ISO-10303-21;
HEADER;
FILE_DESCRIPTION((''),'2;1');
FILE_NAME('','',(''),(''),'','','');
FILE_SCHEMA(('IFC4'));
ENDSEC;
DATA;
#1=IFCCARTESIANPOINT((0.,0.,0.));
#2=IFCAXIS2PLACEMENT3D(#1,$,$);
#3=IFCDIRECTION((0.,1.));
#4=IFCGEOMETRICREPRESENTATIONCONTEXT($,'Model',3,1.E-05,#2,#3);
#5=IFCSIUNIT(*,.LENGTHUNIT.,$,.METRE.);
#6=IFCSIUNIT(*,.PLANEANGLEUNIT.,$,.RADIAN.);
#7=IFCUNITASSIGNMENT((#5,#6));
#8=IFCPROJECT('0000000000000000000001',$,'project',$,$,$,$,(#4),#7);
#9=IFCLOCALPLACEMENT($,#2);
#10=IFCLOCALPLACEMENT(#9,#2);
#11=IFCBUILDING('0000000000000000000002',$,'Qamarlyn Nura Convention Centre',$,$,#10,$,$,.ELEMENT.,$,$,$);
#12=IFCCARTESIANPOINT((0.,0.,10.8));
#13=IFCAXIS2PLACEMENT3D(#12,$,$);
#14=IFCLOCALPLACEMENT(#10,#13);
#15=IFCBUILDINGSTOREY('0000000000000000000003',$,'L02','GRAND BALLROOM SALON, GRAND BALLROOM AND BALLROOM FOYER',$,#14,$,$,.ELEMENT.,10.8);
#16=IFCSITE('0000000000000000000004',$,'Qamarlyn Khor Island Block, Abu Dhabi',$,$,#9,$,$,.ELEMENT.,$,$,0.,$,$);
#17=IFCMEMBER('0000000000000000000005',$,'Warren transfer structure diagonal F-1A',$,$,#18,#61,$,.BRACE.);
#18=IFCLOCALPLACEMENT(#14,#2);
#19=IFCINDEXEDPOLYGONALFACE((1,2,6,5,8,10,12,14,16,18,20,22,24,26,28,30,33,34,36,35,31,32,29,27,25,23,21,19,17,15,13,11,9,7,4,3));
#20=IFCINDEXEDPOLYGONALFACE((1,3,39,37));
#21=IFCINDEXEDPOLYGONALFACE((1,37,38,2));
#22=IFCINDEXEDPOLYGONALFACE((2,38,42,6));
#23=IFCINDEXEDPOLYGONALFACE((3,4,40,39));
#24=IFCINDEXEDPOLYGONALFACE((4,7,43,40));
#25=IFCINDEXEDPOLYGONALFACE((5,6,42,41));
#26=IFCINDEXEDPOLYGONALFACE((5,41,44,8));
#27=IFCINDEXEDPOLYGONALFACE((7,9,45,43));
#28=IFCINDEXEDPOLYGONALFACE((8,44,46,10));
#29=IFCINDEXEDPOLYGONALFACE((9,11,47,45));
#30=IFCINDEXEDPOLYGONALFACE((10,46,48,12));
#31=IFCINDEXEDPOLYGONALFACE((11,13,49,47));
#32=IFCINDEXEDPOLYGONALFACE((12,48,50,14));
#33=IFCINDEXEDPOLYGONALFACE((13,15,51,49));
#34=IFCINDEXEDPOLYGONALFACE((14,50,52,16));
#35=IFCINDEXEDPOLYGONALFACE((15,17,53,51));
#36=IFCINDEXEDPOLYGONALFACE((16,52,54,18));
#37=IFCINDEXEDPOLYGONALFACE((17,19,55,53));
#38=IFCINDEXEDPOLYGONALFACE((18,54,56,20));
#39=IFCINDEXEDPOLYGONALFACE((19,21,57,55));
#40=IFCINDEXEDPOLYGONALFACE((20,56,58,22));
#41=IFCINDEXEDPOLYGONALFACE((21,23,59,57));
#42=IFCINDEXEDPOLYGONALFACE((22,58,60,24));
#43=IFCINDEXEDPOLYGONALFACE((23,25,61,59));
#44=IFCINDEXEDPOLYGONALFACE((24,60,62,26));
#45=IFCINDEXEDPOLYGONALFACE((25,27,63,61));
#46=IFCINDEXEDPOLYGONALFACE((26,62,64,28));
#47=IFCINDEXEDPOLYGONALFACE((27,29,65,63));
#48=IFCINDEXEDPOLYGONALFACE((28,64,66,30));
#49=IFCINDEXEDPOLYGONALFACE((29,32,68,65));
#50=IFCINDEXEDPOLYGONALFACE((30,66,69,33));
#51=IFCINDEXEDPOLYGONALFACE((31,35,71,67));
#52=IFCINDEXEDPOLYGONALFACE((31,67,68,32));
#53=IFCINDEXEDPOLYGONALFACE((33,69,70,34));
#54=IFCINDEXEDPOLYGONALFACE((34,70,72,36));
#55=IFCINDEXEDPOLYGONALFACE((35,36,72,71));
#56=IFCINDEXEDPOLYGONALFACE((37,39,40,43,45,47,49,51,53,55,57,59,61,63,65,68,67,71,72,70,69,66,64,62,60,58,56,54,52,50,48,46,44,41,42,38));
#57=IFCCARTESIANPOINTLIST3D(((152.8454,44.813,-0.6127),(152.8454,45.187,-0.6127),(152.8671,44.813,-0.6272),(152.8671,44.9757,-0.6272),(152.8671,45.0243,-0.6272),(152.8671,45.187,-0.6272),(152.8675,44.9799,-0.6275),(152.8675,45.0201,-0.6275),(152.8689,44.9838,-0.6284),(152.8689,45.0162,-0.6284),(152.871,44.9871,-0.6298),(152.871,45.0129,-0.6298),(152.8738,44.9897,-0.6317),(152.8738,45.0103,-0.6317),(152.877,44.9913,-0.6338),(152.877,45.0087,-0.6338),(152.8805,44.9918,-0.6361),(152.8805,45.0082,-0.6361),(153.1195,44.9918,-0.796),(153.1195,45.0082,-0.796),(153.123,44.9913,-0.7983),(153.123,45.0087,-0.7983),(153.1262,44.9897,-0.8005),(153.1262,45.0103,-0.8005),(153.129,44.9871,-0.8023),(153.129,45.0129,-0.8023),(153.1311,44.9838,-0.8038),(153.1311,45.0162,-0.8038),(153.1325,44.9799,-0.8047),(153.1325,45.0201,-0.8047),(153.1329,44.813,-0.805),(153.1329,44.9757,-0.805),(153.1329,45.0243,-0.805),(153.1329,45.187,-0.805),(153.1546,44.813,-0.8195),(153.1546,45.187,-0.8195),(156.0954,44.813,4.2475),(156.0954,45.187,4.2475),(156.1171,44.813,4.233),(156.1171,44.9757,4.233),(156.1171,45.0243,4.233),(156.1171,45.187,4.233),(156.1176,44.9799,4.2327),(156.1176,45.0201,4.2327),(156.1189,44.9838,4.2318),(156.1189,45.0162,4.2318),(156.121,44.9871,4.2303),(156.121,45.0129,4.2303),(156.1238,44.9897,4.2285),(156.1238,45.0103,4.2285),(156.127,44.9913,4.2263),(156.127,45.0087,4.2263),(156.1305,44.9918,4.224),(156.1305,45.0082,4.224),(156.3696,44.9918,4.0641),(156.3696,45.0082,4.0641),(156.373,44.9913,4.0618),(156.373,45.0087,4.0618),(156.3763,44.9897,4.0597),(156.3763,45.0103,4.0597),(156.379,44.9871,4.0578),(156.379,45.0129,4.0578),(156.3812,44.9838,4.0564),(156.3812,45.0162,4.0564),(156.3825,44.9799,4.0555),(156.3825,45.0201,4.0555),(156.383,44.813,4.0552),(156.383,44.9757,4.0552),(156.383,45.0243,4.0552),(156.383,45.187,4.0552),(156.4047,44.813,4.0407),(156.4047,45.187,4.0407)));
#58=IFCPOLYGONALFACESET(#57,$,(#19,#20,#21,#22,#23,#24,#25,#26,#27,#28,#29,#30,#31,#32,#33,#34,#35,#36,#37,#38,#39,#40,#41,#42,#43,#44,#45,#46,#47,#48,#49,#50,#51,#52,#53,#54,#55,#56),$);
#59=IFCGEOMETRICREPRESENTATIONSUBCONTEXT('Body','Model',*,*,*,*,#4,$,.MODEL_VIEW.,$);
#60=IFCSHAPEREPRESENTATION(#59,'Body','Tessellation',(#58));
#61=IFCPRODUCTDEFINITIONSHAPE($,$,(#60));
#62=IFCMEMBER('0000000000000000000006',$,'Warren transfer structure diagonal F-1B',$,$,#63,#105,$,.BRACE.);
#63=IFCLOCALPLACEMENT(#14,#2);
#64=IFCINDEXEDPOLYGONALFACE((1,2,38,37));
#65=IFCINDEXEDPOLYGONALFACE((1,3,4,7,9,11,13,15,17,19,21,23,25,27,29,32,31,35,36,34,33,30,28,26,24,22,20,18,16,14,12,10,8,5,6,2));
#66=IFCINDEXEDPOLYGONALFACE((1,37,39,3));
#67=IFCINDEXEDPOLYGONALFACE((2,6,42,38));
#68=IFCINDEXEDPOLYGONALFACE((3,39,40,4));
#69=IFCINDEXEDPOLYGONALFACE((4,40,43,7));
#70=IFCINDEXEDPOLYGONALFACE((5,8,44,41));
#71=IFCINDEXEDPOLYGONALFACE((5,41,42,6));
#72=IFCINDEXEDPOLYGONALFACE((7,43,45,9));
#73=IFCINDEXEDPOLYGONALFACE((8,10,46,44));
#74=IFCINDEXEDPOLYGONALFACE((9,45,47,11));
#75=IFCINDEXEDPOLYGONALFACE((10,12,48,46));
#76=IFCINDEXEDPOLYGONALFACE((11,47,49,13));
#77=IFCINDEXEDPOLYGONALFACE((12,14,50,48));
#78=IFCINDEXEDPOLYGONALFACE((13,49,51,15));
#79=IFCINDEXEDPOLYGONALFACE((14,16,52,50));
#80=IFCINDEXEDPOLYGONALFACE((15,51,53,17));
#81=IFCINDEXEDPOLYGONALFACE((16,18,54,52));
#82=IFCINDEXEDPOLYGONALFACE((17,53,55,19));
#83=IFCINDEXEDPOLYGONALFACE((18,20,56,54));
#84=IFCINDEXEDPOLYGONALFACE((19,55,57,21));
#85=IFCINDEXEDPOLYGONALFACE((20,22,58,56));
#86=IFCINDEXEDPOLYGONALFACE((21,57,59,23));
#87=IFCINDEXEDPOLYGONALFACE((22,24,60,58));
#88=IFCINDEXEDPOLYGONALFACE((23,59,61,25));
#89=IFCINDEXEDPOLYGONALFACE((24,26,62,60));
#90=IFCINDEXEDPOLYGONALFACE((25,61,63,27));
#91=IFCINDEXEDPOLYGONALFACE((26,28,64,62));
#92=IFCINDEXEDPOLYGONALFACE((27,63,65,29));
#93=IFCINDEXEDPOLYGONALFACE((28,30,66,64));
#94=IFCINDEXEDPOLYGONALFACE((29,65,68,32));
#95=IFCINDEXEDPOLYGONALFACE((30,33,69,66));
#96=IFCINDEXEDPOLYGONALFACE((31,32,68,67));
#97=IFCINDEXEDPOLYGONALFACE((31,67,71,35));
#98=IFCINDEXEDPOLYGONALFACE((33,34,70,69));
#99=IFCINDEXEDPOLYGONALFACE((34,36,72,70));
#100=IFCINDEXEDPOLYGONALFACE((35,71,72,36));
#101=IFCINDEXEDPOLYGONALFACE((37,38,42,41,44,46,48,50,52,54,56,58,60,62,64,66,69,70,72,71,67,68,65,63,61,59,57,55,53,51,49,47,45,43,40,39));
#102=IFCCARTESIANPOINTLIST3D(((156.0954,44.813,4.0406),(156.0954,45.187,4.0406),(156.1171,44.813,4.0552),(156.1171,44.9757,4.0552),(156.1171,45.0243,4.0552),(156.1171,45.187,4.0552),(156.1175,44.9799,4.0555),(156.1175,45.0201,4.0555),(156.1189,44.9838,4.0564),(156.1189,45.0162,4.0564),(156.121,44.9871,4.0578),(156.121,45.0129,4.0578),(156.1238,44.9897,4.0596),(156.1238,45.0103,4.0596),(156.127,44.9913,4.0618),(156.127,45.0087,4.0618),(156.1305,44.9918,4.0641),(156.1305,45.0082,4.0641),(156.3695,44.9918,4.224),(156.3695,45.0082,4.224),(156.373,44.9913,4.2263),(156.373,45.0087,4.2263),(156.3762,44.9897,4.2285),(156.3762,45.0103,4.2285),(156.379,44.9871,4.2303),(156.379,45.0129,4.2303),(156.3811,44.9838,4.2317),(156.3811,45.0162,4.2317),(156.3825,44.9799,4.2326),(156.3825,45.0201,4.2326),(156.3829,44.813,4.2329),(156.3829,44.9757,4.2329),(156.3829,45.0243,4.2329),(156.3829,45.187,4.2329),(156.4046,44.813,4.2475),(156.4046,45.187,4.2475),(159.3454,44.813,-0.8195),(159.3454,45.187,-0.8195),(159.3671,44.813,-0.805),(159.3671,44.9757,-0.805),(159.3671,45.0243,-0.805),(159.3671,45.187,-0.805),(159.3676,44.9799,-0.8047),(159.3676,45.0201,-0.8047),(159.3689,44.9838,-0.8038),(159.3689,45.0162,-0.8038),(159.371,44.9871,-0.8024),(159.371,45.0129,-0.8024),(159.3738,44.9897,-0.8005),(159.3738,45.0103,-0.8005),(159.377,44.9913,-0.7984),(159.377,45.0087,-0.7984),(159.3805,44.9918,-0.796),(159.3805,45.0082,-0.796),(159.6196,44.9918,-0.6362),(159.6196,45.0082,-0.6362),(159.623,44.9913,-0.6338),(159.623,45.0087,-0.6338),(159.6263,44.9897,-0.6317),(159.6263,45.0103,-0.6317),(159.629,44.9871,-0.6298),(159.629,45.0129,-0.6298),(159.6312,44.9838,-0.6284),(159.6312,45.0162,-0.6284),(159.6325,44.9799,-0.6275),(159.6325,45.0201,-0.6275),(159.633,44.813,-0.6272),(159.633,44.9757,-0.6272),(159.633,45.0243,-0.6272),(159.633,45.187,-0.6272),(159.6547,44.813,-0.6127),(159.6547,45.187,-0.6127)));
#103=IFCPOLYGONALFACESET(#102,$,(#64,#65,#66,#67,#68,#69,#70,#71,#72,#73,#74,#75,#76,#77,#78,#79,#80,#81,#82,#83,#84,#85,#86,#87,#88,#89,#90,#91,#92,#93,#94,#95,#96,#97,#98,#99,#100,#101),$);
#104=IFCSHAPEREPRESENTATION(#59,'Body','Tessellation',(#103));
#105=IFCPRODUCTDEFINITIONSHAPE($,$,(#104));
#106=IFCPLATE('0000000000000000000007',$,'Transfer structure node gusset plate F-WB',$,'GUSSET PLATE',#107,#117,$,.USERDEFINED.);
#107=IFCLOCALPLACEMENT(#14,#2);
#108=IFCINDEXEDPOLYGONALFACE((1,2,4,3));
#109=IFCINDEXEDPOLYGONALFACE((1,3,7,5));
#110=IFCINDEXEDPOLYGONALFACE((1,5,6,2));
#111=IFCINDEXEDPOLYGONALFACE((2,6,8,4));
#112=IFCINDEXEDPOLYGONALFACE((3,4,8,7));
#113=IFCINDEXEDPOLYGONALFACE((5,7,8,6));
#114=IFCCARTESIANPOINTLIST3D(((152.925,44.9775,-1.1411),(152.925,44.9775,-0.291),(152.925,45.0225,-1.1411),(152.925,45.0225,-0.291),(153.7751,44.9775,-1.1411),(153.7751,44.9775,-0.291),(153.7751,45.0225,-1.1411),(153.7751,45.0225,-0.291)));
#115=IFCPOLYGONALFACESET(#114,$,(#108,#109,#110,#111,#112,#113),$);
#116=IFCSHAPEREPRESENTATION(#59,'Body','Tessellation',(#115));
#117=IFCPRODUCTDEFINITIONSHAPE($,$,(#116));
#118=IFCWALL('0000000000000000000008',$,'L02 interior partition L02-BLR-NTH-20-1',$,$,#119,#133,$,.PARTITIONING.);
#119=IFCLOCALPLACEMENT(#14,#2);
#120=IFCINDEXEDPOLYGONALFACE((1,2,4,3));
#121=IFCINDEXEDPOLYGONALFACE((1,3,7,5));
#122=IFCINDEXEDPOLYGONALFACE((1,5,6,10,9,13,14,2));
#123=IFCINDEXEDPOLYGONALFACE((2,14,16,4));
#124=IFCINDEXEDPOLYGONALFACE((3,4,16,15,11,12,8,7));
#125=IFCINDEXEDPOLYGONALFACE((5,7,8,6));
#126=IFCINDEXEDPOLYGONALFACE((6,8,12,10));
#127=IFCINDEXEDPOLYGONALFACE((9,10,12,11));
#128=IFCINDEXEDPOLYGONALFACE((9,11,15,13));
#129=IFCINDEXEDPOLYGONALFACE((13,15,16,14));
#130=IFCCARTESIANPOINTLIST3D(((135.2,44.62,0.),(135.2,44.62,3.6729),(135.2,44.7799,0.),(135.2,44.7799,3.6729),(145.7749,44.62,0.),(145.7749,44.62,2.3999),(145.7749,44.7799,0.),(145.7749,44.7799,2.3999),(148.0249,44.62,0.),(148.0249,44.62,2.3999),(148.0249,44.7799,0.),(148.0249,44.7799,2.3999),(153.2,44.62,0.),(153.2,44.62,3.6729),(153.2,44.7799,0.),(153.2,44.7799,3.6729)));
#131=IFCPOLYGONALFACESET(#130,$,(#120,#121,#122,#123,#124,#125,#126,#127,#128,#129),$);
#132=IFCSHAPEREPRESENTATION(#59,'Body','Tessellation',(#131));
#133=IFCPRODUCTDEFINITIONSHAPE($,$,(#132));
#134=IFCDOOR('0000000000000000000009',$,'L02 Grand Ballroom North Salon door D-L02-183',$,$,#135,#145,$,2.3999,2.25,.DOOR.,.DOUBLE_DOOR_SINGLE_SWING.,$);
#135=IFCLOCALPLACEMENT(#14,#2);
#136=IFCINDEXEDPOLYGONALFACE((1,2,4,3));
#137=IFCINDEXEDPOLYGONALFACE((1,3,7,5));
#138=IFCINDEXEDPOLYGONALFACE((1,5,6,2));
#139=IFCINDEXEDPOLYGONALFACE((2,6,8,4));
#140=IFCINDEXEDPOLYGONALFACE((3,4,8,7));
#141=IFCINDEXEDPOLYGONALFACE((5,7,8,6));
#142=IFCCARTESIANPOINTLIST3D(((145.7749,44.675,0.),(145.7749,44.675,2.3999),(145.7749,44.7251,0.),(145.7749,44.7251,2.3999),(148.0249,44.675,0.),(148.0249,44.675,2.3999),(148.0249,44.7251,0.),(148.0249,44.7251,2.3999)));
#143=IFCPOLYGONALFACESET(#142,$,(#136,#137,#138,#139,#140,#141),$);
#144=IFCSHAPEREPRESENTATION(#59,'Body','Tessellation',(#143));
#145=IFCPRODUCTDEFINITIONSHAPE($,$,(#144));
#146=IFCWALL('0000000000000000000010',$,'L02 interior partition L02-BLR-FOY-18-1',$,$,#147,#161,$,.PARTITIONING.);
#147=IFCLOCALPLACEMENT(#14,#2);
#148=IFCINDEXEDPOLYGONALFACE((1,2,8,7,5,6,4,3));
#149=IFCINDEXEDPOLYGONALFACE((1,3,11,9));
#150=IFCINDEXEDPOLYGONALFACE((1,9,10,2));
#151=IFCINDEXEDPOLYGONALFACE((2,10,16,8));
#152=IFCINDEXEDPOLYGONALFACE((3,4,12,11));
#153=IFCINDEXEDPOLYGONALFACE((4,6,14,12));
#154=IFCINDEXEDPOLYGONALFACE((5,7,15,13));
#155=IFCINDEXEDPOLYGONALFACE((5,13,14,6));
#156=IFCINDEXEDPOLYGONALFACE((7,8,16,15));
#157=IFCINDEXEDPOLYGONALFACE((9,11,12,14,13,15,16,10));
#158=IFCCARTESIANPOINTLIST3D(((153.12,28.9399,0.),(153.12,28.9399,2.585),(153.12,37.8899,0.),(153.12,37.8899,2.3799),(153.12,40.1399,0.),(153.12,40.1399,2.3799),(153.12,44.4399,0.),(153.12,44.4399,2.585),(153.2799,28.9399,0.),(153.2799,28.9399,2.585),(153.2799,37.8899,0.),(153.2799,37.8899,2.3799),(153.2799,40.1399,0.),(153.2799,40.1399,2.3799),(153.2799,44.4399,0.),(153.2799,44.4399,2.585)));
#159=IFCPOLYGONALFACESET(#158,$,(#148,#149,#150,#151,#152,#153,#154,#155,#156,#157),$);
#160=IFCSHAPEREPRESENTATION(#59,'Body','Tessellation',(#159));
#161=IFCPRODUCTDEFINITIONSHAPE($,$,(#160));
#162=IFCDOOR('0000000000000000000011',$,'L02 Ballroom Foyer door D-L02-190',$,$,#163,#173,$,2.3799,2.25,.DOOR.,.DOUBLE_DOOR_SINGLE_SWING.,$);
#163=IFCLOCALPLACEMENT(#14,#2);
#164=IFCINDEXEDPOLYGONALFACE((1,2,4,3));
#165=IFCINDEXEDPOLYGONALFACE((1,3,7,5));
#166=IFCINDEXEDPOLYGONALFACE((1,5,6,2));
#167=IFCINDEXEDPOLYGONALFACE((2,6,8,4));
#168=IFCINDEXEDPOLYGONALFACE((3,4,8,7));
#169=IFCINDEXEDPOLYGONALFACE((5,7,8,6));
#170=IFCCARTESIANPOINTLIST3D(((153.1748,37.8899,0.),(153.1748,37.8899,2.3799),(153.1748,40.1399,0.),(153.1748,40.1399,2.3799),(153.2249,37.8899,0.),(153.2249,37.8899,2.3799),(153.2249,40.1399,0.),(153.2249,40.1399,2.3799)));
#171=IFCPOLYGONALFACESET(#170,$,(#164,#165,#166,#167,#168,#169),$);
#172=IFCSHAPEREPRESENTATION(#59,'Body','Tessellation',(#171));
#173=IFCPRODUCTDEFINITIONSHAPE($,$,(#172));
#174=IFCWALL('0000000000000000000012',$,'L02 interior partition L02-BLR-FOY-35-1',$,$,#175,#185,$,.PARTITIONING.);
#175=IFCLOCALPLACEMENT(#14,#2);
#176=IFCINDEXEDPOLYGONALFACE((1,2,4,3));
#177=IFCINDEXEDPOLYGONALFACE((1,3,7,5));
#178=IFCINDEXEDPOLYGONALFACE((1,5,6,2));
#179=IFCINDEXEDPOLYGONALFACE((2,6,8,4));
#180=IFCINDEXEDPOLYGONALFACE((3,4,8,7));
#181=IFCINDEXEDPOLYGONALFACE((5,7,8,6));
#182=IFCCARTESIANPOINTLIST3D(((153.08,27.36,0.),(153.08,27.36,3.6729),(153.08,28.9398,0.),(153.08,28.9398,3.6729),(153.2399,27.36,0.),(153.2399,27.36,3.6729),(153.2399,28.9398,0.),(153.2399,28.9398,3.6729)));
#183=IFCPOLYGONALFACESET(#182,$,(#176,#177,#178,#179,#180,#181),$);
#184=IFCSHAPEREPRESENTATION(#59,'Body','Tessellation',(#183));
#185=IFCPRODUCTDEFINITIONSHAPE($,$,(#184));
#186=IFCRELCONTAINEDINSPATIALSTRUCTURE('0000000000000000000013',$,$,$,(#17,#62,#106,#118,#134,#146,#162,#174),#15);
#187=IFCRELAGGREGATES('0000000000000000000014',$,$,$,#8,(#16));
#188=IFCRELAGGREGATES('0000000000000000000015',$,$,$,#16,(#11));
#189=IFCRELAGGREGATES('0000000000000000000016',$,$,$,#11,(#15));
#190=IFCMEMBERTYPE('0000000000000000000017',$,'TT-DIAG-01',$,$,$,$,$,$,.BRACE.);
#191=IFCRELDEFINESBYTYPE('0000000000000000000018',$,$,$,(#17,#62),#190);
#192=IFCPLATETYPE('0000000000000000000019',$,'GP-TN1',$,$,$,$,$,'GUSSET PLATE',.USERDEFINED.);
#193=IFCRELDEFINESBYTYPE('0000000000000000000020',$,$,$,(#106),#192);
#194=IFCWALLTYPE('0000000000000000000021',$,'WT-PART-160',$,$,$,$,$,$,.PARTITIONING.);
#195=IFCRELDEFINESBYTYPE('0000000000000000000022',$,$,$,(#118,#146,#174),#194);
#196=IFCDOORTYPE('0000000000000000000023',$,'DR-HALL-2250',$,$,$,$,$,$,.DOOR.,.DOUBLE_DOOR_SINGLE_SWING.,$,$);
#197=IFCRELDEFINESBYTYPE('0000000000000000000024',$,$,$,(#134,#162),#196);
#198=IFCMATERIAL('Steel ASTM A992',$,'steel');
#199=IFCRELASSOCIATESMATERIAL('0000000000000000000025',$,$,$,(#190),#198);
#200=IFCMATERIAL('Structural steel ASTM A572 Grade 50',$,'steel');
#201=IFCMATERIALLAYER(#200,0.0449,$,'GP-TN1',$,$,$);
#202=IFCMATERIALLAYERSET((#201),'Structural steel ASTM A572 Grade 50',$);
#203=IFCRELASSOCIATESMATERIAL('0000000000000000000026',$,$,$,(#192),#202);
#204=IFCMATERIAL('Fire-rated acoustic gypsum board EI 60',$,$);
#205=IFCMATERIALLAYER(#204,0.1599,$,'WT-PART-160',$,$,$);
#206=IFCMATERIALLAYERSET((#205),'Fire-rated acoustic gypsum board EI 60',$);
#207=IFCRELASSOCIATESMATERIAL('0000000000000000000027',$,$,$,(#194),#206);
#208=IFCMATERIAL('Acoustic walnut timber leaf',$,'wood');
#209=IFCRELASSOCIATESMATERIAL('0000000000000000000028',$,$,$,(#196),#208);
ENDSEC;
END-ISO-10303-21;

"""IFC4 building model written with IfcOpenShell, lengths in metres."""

from ifc_helpers import new_model, si_unit, direction, frame, frame_2d, origin, origin_2d, place, context, subcontext, project, spatial, rectangle, i_section, extrude, material, layer, layer_set, material_profile, profile_set, type_object, element, fill, save


model = new_model("IFC4")

# Units and contexts
model_context = context("Model", 3, precision=1e-05, world=origin(), true_north=direction((0.0, 1.0)))
body_context = subcontext(model_context, "Body", "Model", "MODEL_VIEW")
ifc_project = project(units=[si_unit("LENGTHUNIT", "METRE"), si_unit("PLANEANGLEUNIT", "RADIAN")], contexts=[model_context])

# Site, building, storey
site_placement = place(None, origin())
site = spatial("IfcSite", under=ifc_project, at=site_placement, Name="Qamarlyn Khor Island Block, Abu Dhabi", CompositionType="ELEMENT", RefElevation=0.0)
building_placement = place(site_placement, origin())
building = spatial("IfcBuilding", under=site, at=building_placement, Name="Qamarlyn Nura Convention Centre", CompositionType="ELEMENT")
storey_placement = place(building_placement, frame((0.0, 0.0, 10.8)))
storey = spatial("IfcBuildingStorey", under=building, at=storey_placement, Name="L02", Description="GRAND BALLROOM SALON, GRAND BALLROOM AND BALLROOM FOYER", CompositionType="ELEMENT", Elevation=10.8)

# Shared definitions
ifc_material_1 = material(Name="Steel ASTM A992", Category="steel")

# Members
ifc_material_profile_1 = material_profile(ifc_material_1, i_section(OverallWidth=0.374, OverallDepth=0.3721, WebThickness=0.0164, FlangeThickness=0.0261, FilletRadius=0.0161, at=origin_2d()), Name="W360X196")
ifc_profile_set_1 = profile_set([ifc_material_profile_1], Name="Steel ASTM A992")
member_type = type_object("IfcMemberType", Name="TT-DIAG-01", PredefinedType="BRACE", material=ifc_profile_set_1)
for number, where, z_axis, x_axis, name in (
    (1, (153.0, 45.0, -0.7161), (0.555875, 0.0, 0.831266), (0.0, 1.0, 0.0), "Warren transfer structure diagonal F-1A"),
    (2, (156.25, 45.0, 4.144), (0.555875, 0.0, -0.831266), (0.0, 1.0, 0.0), "Warren transfer structure diagonal F-1B"),
):
    element("IfcMember", number, at=place(storey_placement, frame(where, z_axis=z_axis, x_axis=x_axis)), inside=storey, type_object=member_type, Name=name, PredefinedType="BRACE", context=body_context, shape_type="SweptSolid", body=[
        extrude(i_section(OverallWidth=0.374, OverallDepth=0.3721, WebThickness=0.0164, FlangeThickness=0.0261, FilletRadius=0.0161, at=origin_2d()), origin(), (0.0, 0.0, 1.0), 5.8467),
    ])

# Plate
ifc_material_2 = material(Name="Structural steel ASTM A572 Grade 50", Category="steel")
ifc_layer_1 = layer(ifc_material_2, 0.0449, Name="GP-TN1")
ifc_layer_set_1 = layer_set([ifc_layer_1], Name="Structural steel ASTM A572 Grade 50")
plate_type = type_object("IfcPlateType", Name="GP-TN1", ElementType="GUSSET PLATE", PredefinedType="USERDEFINED", material=ifc_layer_set_1)
plate_placement = place(storey_placement, frame((153.3501, 45.0, -1.1411), z_axis=(0.0, 0.0, 1.0), x_axis=(1.0, 0.0, 0.0)))
element("IfcPlate", 3, at=plate_placement, inside=storey, type_object=plate_type, Name="Transfer structure node gusset plate F-WB", ObjectType="GUSSET PLATE", PredefinedType="USERDEFINED", context=body_context, shape_type="SweptSolid", body=[
    extrude(rectangle(XDim=0.8501, YDim=0.0449, at=origin_2d()), origin(), (0.0, 0.0, 1.0), 0.8501),
])

# Walls, openings, doors
ifc_material_3 = material(Name="Fire-rated acoustic gypsum board EI 60")
ifc_layer_2 = layer(ifc_material_3, 0.1599, Name="WT-PART-160")
ifc_layer_set_2 = layer_set([ifc_layer_2], Name="Fire-rated acoustic gypsum board EI 60")
wall_type = type_object("IfcWallType", Name="WT-PART-160", PredefinedType="PARTITIONING", material=ifc_layer_set_2)
wall_1_placement = place(storey_placement, frame((153.2, 44.7, 0.0), z_axis=(0.0, 0.0, 1.0), x_axis=(-1.0, 0.0, 0.0)))
wall_1 = element("IfcWall", 4, at=wall_1_placement, inside=storey, type_object=wall_type, Name="L02 interior partition L02-BLR-NTH-20-1", PredefinedType="PARTITIONING", context=body_context, shape_type="SweptSolid", body=[
    extrude(rectangle(XDim=18.0, YDim=0.1599, at=frame_2d((9.0, 0.0))), origin(), (0.0, 0.0, 1.0), 3.6729),
])
opening_1_placement = place(wall_1_placement, frame((5.175, 0.0, 0.0)))
opening_1 = element("IfcOpeningElement", 5, at=opening_1_placement, cuts=wall_1, PredefinedType="OPENING", context=body_context, shape_type="SweptSolid", body=[
    extrude(rectangle(XDim=2.25, YDim=2.3999, at=frame_2d((1.125, 1.2))), frame((0.0, 0.0898, 0.0), z_axis=(0.0, -1.0, 0.0), x_axis=(1.0, 0.0, 0.0)), (0.0, 0.0, 1.0), 0.1799),
])
ifc_material_4 = material(Name="Acoustic walnut timber leaf", Category="wood")
door_type = type_object("IfcDoorType", Name="DR-HALL-2250", OperationType="DOUBLE_DOOR_SINGLE_SWING", PredefinedType="DOOR", material=ifc_material_4)
door_1_placement = place(opening_1_placement, origin())
door_1 = element("IfcDoor", 6, at=door_1_placement, inside=storey, type_object=door_type, Name="L02 Grand Ballroom North Salon door D-L02-183", OperationType="DOUBLE_DOOR_SINGLE_SWING", OverallHeight=2.3999, OverallWidth=2.25, PredefinedType="DOOR", context=body_context, shape_type="SweptSolid", body=[
    extrude(rectangle(XDim=2.25, YDim=2.3999, at=frame_2d((1.125, 1.2))), frame((0.0, 0.0249, 0.0), z_axis=(0.0, -1.0, 0.0), x_axis=(1.0, 0.0, 0.0)), (0.0, 0.0, 1.0), 0.05),
])
fill(opening_1, door_1)
wall_2_placement = place(storey_placement, frame((153.2, 44.4399, 0.0), z_axis=(0.0, 0.0, 1.0), x_axis=(0.0, -1.0, 0.0)))
wall_2 = element("IfcWall", 7, at=wall_2_placement, inside=storey, type_object=wall_type, Name="L02 interior partition L02-BLR-FOY-18-1", PredefinedType="PARTITIONING", context=body_context, shape_type="SweptSolid", body=[
    extrude(rectangle(XDim=15.5, YDim=0.1599, at=frame_2d((7.75, 0.0))), origin(), (0.0, 0.0, 1.0), 2.585),
])
opening_2_placement = place(wall_2_placement, frame((4.3, 0.0, 0.0)))
opening_2 = element("IfcOpeningElement", 8, at=opening_2_placement, cuts=wall_2, PredefinedType="OPENING", context=body_context, shape_type="SweptSolid", body=[
    extrude(rectangle(XDim=2.25, YDim=2.3799, at=frame_2d((1.125, 1.1899))), frame((0.0, 0.0898, 0.0), z_axis=(0.0, -1.0, 0.0), x_axis=(1.0, 0.0, 0.0)), (0.0, 0.0, 1.0), 0.1799),
])
door_2_placement = place(opening_2_placement, origin())
door_2 = element("IfcDoor", 9, at=door_2_placement, inside=storey, type_object=door_type, Name="L02 Ballroom Foyer door D-L02-190", OperationType="DOUBLE_DOOR_SINGLE_SWING", OverallHeight=2.3799, OverallWidth=2.25, PredefinedType="DOOR", context=body_context, shape_type="SweptSolid", body=[
    extrude(rectangle(XDim=2.25, YDim=2.3799, at=frame_2d((1.125, 1.1899))), frame((0.0, 0.0249, 0.0), z_axis=(0.0, -1.0, 0.0), x_axis=(1.0, 0.0, 0.0)), (0.0, 0.0, 1.0), 0.05),
])
fill(opening_2, door_2)

# Wall
wall_3_placement = place(storey_placement, frame((153.1599, 28.9399, 0.0), z_axis=(0.0, 0.0, 1.0), x_axis=(0.0, -1.0, 0.0)))
element("IfcWall", 10, at=wall_3_placement, inside=storey, type_object=wall_type, Name="L02 interior partition L02-BLR-FOY-35-1", PredefinedType="PARTITIONING", context=body_context, shape_type="SweptSolid", body=[
    extrude(rectangle(XDim=1.5798, YDim=0.1599, at=frame_2d((0.79, 0.0))), origin(), (0.0, 0.0, 1.0), 3.6729),
])

save(model, "model.ifc")
